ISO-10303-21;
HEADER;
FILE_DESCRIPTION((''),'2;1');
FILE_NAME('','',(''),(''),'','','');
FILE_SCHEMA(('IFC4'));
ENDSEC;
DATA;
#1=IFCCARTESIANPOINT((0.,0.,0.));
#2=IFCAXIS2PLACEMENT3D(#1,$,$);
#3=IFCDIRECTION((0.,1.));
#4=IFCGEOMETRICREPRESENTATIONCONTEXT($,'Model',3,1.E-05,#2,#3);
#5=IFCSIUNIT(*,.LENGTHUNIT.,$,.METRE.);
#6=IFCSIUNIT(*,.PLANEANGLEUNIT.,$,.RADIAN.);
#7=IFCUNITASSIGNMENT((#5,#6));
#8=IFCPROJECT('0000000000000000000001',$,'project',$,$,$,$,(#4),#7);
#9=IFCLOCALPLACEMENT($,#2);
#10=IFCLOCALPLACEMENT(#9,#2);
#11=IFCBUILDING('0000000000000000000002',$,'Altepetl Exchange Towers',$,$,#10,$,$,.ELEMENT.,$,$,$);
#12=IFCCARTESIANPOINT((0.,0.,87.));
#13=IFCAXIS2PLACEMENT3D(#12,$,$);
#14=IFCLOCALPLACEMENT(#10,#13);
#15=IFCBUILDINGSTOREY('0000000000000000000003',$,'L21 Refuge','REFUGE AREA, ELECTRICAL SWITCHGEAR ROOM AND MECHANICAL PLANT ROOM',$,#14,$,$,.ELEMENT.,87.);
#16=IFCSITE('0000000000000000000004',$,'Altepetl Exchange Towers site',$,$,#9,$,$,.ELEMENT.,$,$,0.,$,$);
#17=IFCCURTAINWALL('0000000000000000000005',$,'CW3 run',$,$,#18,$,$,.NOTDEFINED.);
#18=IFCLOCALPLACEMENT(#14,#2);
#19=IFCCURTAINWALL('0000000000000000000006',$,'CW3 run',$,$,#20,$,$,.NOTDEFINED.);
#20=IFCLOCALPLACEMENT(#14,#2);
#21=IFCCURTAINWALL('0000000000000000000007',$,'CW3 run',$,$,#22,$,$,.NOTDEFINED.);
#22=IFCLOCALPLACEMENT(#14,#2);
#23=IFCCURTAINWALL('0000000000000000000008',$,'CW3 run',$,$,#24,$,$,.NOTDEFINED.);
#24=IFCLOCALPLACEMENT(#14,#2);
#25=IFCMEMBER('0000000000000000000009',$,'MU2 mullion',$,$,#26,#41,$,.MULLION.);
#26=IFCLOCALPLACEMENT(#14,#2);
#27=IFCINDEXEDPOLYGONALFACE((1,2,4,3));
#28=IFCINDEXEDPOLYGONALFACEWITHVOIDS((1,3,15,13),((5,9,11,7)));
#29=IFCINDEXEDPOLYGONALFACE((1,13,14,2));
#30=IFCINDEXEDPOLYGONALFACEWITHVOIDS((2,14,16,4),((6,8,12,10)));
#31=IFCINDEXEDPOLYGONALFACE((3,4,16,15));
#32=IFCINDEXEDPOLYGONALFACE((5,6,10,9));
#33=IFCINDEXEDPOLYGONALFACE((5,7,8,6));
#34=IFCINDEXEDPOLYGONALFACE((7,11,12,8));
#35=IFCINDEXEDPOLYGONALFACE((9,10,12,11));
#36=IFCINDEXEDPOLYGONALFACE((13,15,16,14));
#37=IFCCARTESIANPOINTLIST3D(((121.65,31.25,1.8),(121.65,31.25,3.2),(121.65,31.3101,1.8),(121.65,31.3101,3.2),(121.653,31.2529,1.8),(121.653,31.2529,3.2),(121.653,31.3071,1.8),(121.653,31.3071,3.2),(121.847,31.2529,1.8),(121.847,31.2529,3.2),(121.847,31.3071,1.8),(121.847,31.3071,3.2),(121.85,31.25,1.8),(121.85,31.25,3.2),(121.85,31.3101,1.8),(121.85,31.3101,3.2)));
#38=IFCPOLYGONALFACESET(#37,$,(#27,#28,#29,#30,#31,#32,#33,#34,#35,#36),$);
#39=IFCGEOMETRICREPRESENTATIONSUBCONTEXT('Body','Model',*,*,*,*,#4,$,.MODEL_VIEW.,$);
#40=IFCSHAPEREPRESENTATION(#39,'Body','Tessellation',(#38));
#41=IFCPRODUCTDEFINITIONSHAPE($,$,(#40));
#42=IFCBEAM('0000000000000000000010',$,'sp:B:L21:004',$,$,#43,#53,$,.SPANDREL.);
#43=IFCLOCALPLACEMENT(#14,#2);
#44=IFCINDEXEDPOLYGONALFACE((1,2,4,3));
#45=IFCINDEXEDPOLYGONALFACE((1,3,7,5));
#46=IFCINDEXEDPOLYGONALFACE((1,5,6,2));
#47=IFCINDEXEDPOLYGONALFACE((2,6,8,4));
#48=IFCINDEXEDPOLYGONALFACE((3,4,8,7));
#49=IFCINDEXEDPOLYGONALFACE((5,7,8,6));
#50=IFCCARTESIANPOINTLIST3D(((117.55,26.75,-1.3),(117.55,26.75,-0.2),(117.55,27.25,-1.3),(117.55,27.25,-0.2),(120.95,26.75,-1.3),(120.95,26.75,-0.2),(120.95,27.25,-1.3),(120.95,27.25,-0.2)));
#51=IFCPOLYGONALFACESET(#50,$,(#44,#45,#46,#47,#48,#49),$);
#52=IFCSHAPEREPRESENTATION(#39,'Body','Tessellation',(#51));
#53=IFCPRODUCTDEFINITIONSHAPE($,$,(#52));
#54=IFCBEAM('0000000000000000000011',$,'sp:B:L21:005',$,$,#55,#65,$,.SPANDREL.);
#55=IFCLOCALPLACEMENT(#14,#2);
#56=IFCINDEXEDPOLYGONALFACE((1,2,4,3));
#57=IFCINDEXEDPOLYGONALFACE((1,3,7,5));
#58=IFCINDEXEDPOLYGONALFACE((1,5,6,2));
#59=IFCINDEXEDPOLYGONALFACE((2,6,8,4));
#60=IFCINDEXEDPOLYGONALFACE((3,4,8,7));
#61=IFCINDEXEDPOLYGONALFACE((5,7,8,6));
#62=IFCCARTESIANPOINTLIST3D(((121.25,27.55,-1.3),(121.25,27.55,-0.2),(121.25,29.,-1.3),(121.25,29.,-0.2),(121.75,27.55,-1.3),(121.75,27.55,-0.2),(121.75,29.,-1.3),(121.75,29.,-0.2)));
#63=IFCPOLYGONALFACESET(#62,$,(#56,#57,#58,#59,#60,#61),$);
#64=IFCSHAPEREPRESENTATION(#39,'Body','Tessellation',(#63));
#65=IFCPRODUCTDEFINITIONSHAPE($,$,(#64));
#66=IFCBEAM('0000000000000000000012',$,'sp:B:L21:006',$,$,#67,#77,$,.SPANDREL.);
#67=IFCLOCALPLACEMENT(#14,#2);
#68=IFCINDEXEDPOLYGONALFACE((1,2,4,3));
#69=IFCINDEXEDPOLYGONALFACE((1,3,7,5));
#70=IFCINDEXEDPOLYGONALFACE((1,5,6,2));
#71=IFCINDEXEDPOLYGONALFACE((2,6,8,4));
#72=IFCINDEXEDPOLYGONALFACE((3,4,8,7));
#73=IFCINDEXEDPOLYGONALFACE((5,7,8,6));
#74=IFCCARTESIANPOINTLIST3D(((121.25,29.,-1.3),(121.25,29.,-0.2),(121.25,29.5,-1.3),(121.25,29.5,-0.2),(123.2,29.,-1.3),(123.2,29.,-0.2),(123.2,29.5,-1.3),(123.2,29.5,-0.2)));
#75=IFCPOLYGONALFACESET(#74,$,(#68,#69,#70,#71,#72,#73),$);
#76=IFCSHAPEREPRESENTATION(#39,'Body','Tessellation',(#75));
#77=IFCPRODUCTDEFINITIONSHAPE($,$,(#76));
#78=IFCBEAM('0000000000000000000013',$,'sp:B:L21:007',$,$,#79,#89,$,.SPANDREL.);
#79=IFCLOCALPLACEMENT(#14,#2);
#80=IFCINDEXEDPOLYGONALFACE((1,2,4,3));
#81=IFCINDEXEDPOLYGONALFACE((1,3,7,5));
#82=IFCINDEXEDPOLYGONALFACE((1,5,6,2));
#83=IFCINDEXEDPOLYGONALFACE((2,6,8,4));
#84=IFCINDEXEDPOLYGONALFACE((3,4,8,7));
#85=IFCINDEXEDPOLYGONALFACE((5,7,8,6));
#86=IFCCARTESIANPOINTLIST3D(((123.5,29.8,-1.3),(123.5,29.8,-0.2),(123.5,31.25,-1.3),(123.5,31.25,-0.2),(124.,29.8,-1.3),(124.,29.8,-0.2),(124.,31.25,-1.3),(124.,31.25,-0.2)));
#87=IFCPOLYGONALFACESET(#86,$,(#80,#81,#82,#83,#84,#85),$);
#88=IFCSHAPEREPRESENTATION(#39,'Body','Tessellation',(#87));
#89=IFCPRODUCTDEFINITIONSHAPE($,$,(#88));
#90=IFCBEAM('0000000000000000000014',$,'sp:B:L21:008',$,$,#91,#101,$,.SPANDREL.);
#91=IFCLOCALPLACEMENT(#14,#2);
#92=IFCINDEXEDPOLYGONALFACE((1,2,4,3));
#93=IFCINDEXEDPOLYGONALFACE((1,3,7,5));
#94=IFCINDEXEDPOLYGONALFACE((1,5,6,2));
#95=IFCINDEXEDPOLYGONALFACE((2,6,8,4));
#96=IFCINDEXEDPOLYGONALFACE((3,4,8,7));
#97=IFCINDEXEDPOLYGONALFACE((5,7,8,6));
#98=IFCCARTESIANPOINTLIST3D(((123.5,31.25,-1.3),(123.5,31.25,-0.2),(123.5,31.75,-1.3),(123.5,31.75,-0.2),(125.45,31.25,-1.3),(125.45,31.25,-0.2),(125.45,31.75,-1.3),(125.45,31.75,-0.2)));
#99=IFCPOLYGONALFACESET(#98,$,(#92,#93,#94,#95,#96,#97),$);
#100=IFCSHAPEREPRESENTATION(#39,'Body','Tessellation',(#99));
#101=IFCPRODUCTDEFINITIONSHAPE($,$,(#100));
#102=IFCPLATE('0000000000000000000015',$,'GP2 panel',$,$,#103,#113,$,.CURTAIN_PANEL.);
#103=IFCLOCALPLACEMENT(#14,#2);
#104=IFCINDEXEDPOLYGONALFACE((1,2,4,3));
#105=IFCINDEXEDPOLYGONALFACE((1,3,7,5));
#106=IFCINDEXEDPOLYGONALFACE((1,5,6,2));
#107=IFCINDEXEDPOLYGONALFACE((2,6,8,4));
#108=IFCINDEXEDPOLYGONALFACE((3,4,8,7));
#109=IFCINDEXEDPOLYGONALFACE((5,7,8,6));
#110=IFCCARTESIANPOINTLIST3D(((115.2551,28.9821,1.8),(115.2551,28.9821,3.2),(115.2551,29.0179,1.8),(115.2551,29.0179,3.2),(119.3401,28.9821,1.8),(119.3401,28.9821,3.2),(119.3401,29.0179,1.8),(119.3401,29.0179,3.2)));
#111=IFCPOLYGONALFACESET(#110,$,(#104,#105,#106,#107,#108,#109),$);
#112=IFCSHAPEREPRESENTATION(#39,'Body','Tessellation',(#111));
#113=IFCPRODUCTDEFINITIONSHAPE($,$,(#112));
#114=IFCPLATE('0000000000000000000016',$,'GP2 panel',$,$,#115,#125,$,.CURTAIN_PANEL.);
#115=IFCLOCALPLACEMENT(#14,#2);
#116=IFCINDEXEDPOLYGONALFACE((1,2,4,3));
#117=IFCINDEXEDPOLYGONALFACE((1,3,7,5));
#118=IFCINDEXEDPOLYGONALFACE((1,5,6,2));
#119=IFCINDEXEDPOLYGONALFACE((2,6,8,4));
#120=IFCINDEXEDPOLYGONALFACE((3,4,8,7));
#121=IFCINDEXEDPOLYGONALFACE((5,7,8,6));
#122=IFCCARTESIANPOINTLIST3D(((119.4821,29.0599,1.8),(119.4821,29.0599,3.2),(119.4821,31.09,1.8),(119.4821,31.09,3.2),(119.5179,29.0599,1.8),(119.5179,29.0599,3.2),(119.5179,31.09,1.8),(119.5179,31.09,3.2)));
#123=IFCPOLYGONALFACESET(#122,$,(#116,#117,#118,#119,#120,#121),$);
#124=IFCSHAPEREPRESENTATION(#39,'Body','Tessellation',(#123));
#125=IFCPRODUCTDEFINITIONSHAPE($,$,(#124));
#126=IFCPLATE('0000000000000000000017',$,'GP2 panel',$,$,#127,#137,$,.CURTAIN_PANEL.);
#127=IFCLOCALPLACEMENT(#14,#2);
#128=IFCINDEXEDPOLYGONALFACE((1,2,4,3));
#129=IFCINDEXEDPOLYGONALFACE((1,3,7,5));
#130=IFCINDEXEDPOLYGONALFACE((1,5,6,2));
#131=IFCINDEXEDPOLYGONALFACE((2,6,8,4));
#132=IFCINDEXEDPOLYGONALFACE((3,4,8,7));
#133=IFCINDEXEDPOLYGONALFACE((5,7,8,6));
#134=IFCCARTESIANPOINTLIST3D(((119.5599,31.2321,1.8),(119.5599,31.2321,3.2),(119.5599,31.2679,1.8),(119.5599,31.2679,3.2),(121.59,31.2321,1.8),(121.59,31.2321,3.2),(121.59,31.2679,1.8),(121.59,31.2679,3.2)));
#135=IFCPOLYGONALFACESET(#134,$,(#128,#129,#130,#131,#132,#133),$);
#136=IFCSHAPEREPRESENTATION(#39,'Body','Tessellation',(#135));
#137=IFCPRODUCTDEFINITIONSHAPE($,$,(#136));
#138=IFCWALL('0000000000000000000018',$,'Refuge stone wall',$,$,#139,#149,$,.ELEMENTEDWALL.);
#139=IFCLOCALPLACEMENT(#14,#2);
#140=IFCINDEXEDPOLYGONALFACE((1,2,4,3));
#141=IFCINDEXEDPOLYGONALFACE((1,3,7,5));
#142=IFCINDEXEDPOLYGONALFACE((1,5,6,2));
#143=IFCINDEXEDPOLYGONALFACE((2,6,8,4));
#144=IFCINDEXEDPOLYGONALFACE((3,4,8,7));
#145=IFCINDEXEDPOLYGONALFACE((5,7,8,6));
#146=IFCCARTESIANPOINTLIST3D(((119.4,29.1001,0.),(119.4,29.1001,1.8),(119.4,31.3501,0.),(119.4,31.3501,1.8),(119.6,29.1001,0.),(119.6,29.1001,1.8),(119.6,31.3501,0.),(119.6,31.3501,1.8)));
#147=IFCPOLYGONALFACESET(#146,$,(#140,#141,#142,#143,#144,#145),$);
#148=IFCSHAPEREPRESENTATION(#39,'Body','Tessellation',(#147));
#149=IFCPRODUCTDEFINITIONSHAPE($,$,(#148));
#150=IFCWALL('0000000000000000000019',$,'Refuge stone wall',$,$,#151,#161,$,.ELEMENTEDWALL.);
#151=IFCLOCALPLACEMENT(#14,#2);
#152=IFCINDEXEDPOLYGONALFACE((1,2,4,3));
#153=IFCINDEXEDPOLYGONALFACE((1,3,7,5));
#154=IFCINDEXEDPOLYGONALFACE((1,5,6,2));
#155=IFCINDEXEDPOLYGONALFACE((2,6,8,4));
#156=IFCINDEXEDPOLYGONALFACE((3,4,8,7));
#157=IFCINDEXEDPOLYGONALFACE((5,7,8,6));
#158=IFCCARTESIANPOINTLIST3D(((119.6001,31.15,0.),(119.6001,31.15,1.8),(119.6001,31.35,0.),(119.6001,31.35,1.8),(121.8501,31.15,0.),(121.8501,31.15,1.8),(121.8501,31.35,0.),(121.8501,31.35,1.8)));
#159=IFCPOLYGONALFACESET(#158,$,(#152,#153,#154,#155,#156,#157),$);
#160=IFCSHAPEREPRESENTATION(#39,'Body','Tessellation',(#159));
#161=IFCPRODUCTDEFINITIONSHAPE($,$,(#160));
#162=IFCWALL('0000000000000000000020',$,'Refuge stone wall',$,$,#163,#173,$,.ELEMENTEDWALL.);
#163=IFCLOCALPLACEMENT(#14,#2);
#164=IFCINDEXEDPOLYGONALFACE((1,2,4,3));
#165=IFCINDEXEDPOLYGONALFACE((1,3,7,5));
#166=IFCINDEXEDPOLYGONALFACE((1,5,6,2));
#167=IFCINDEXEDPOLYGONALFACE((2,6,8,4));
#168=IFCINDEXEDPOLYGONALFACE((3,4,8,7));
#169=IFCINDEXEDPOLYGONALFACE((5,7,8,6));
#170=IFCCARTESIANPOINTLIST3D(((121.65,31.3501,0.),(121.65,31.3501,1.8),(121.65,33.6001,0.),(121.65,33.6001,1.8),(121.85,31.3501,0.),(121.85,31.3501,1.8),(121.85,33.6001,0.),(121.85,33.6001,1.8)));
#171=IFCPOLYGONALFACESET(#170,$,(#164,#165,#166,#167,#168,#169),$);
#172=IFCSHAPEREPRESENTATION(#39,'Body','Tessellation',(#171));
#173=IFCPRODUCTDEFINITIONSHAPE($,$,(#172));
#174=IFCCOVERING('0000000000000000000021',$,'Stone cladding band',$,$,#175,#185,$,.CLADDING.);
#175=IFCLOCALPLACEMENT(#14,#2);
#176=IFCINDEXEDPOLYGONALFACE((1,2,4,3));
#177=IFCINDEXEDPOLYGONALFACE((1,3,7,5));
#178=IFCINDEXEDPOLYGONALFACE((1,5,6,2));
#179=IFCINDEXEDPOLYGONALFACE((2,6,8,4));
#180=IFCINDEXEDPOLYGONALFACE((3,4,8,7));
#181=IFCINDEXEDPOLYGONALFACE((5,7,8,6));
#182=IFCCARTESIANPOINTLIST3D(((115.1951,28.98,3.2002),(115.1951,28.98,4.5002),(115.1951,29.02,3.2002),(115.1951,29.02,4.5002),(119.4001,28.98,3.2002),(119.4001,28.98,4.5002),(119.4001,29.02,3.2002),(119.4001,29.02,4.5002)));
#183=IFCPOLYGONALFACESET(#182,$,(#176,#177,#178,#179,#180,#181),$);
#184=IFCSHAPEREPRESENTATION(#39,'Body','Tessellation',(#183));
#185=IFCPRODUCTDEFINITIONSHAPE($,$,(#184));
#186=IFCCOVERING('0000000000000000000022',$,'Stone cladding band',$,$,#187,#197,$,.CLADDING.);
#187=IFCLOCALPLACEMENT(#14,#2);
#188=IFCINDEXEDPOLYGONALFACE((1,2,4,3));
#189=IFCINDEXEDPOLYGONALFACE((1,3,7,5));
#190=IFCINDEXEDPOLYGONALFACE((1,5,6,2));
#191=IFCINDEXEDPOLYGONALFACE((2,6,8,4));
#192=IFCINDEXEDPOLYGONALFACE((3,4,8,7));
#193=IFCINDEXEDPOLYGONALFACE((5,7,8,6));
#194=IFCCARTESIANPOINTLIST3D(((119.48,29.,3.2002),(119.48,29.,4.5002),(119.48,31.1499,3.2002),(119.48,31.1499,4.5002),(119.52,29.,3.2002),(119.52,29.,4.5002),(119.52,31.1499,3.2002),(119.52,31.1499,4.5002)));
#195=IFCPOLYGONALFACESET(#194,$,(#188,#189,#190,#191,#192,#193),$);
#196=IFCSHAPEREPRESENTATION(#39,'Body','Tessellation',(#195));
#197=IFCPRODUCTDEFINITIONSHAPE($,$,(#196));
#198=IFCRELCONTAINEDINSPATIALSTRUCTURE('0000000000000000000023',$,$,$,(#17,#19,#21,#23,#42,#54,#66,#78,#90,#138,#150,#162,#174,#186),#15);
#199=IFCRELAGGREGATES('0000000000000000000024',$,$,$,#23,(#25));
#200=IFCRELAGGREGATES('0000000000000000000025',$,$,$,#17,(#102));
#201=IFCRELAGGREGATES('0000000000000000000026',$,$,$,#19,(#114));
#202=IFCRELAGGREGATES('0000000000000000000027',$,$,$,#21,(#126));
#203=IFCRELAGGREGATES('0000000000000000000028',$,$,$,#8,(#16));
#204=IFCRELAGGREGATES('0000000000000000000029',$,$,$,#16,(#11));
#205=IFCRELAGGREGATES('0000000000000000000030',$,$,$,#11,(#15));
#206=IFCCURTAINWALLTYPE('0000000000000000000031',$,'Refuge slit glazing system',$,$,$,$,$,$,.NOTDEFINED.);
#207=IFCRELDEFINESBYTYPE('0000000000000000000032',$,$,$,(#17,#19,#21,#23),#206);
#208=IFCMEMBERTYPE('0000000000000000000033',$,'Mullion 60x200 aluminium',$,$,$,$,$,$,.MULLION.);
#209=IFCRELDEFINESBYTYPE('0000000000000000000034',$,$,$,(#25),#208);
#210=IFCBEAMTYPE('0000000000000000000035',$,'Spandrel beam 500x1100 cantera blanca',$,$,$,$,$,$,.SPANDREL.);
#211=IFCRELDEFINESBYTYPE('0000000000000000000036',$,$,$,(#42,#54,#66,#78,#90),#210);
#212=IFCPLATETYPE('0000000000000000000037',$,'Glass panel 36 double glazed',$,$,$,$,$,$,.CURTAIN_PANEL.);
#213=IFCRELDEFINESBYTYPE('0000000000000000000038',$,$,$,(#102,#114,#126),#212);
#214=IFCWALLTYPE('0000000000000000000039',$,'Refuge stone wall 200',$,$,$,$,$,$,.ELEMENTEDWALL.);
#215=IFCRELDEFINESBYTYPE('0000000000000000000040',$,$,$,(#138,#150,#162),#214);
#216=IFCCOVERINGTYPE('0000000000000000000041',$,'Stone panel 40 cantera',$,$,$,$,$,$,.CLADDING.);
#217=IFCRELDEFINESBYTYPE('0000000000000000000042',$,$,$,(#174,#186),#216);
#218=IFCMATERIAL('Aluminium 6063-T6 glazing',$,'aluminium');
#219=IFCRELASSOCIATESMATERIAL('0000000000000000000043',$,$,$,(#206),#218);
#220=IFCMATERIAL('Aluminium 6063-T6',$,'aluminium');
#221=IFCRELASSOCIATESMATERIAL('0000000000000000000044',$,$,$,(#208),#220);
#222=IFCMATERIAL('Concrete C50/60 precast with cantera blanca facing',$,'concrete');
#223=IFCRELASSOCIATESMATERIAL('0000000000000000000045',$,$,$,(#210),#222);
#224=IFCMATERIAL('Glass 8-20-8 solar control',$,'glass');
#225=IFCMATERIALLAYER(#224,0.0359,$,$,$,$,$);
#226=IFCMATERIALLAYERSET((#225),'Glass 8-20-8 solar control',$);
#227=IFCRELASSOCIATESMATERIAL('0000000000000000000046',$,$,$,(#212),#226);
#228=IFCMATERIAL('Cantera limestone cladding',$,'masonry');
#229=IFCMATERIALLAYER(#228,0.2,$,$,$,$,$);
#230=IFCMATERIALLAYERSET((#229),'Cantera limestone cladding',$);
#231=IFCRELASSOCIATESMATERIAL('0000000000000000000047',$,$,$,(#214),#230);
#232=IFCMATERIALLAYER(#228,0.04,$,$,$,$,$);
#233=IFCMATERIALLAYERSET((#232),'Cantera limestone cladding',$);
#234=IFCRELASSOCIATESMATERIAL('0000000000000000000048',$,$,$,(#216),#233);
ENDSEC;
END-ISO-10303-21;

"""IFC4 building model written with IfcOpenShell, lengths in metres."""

from ifc_helpers import new_model, si_unit, direction, frame, frame_2d, origin, origin_2d, place, context, subcontext, project, spatial, rectangle, hollow_rectangle, extrude, material, layer, layer_set, material_profile, profile_set, type_object, element, aggregate, save


model = new_model("IFC4")

# Units and contexts
model_context = context("Model", 3, precision=1e-05, world=origin(), true_north=direction((0.0, 1.0)))
body_context = subcontext(model_context, "Body", "Model", "MODEL_VIEW")
ifc_project = project(units=[si_unit("LENGTHUNIT", "METRE"), si_unit("PLANEANGLEUNIT", "RADIAN")], contexts=[model_context])

# Site, building, storey
site_placement = place(None, origin())
site = spatial("IfcSite", under=ifc_project, at=site_placement, Name="Altepetl Exchange Towers site", CompositionType="ELEMENT", RefElevation=0.0)
building_placement = place(site_placement, origin())
building = spatial("IfcBuilding", under=site, at=building_placement, Name="Altepetl Exchange Towers", CompositionType="ELEMENT")
storey_placement = place(building_placement, frame((0.0, 0.0, 87.0)))
storey = spatial("IfcBuildingStorey", under=building, at=storey_placement, Name="L21 Refuge", Description="REFUGE AREA, ELECTRICAL SWITCHGEAR ROOM AND MECHANICAL PLANT ROOM", CompositionType="ELEMENT", Elevation=87.0)

# Curtain wall
ifc_material_1 = material(Name="Aluminium 6063-T6 glazing", Category="aluminium")
curtain_wall_type = type_object("IfcCurtainWallType", Name="Refuge slit glazing system", PredefinedType="NOTDEFINED", material=ifc_material_1)
curtain_wall_1_placement = place(storey_placement, origin())
curtain_wall_1 = element("IfcCurtainWall", 1, at=curtain_wall_1_placement, inside=storey, type_object=curtain_wall_type, Name="CW3 run", PredefinedType="NOTDEFINED")
ifc_material_2 = material(Name="Aluminium 6063-T6", Category="aluminium")
ifc_material_profile_1 = material_profile(ifc_material_2, hollow_rectangle(XDim=0.0601, YDim=0.2, WallThickness=0.0029, at=origin_2d()), Name="Mullion 60x200 aluminium")
ifc_profile_set_1 = profile_set([ifc_material_profile_1], Name="Aluminium 6063-T6")
member_type = type_object("IfcMemberType", Name="Mullion 60x200 aluminium", PredefinedType="MULLION", material=ifc_profile_set_1)

# Curtain walls
curtain_wall_2_placement = place(storey_placement, origin())
curtain_wall_2 = element("IfcCurtainWall", 2, at=curtain_wall_2_placement, inside=storey, type_object=curtain_wall_type, Name="CW3 run", PredefinedType="NOTDEFINED")
curtain_wall_3_placement = place(storey_placement, origin())
curtain_wall_3 = element("IfcCurtainWall", 3, at=curtain_wall_3_placement, inside=storey, type_object=curtain_wall_type, Name="CW3 run", PredefinedType="NOTDEFINED")

# Curtain wall, member
curtain_wall_4_placement = place(storey_placement, origin())
curtain_wall_4 = element("IfcCurtainWall", 4, at=curtain_wall_4_placement, inside=storey, type_object=curtain_wall_type, Name="CW3 run", PredefinedType="NOTDEFINED")
member_1_placement = place(storey_placement, frame((121.75, 31.28, 1.8), z_axis=(0.0, 0.0, 1.0), x_axis=(0.0, 1.0, 0.0)))
member_1 = element("IfcMember", 5, at=member_1_placement, type_object=member_type, Name="MU2 mullion", PredefinedType="MULLION", context=body_context, shape_type="SweptSolid", body=[
    extrude(hollow_rectangle(XDim=0.0601, YDim=0.2, WallThickness=0.0029, at=origin_2d()), origin(), (0.0, 0.0, 1.0), 1.3999),
])
aggregate(curtain_wall_4, [member_1])

# Beams
ifc_material_3 = material(Name="Concrete C50/60 precast with cantera blanca facing", Category="concrete")
ifc_material_profile_2 = material_profile(ifc_material_3, rectangle(XDim=0.5, YDim=1.1001, at=origin_2d()), Name="500 x 1100")
ifc_profile_set_2 = profile_set([ifc_material_profile_2], Name="Concrete C50/60 precast with cantera blanca facing")
beam_type_1 = type_object("IfcBeamType", Name="Spandrel beam 500x1100 cantera blanca", PredefinedType="SPANDREL", material=ifc_profile_set_2)
beam_1_placement = place(storey_placement, frame((117.55, 27.0, -0.75), z_axis=(1.0, 0.0, 0.0), x_axis=(0.0, 1.0, 0.0)))
element("IfcBeam", 6, at=beam_1_placement, inside=storey, type_object=beam_type_1, Name="sp:B:L21:004", PredefinedType="SPANDREL", context=body_context, shape_type="SweptSolid", body=[
    extrude(rectangle(XDim=0.5, YDim=1.1001, at=origin_2d()), origin(), (0.0, 0.0, 1.0), 3.3999),
])
beam_2_placement = place(storey_placement, frame((121.5, 27.55, -0.75), z_axis=(0.0, 1.0, 0.0), x_axis=(-1.0, 0.0, 0.0)))
element("IfcBeam", 7, at=beam_2_placement, inside=storey, type_object=beam_type_1, Name="sp:B:L21:005", PredefinedType="SPANDREL", context=body_context, shape_type="SweptSolid", body=[
    extrude(rectangle(XDim=0.5, YDim=1.1001, at=origin_2d()), origin(), (0.0, 0.0, 1.0), 1.45),
])
beam_3_placement = place(storey_placement, frame((121.25, 29.25, -0.75), z_axis=(1.0, 0.0, 0.0), x_axis=(0.0, 1.0, 0.0)))
element("IfcBeam", 8, at=beam_3_placement, inside=storey, type_object=beam_type_1, Name="sp:B:L21:006", PredefinedType="SPANDREL", context=body_context, shape_type="SweptSolid", body=[
    extrude(rectangle(XDim=0.5, YDim=1.1001, at=origin_2d()), origin(), (0.0, 0.0, 1.0), 1.95),
])
beam_4_placement = place(storey_placement, frame((123.75, 29.8, -0.75), z_axis=(0.0, 1.0, 0.0), x_axis=(-1.0, 0.0, 0.0)))
element("IfcBeam", 9, at=beam_4_placement, inside=storey, type_object=beam_type_1, Name="sp:B:L21:007", PredefinedType="SPANDREL", context=body_context, shape_type="SweptSolid", body=[
    extrude(rectangle(XDim=0.5, YDim=1.1001, at=origin_2d()), origin(), (0.0, 0.0, 1.0), 1.45),
])
beam_5_placement = place(storey_placement, frame((123.5, 31.5, -0.75), z_axis=(1.0, 0.0, 0.0), x_axis=(0.0, 1.0, 0.0)))
element("IfcBeam", 10, at=beam_5_placement, inside=storey, type_object=beam_type_1, Name="sp:B:L21:008", PredefinedType="SPANDREL", context=body_context, shape_type="SweptSolid", body=[
    extrude(rectangle(XDim=0.5, YDim=1.1001, at=origin_2d()), origin(), (0.0, 0.0, 1.0), 1.95),
])

# Plates
ifc_material_4 = material(Name="Glass 8-20-8 solar control", Category="glass")
ifc_layer_1 = layer(ifc_material_4, 0.0359)
ifc_layer_set_1 = layer_set([ifc_layer_1], Name="Glass 8-20-8 solar control")
plate_type = type_object("IfcPlateType", Name="Glass panel 36 double glazed", PredefinedType="CURTAIN_PANEL", material=ifc_layer_set_1)
plate_1_placement = place(storey_placement, frame((117.2976, 29.0, 1.8)))
plate_1 = element("IfcPlate", 11, at=plate_1_placement, type_object=plate_type, Name="GP2 panel", PredefinedType="CURTAIN_PANEL", context=body_context, shape_type="SweptSolid", body=[
    extrude(rectangle(XDim=4.085, YDim=0.0359, at=origin_2d()), origin(), (0.0, 0.0, 1.0), 1.3999),
])
aggregate(curtain_wall_1, [plate_1])
plate_2_placement = place(storey_placement, frame((119.5, 30.075, 1.8), z_axis=(0.0, 0.0, 1.0), x_axis=(0.0, 1.0, 0.0)))
plate_2 = element("IfcPlate", 12, at=plate_2_placement, type_object=plate_type, Name="GP2 panel", PredefinedType="CURTAIN_PANEL", context=body_context, shape_type="SweptSolid", body=[
    extrude(rectangle(XDim=2.03, YDim=0.0359, at=origin_2d()), origin(), (0.0, 0.0, 1.0), 1.3999),
])
aggregate(curtain_wall_2, [plate_2])
plate_3_placement = place(storey_placement, frame((120.575, 31.25, 1.8)))
plate_3 = element("IfcPlate", 13, at=plate_3_placement, type_object=plate_type, Name="GP2 panel", PredefinedType="CURTAIN_PANEL", context=body_context, shape_type="SweptSolid", body=[
    extrude(rectangle(XDim=2.03, YDim=0.0359, at=origin_2d()), origin(), (0.0, 0.0, 1.0), 1.3999),
])
aggregate(curtain_wall_3, [plate_3])

# Walls
ifc_material_5 = material(Name="Cantera limestone cladding", Category="masonry")
ifc_layer_2 = layer(ifc_material_5, 0.2)
ifc_layer_set_2 = layer_set([ifc_layer_2], Name="Cantera limestone cladding")
wall_type = type_object("IfcWallType", Name="Refuge stone wall 200", PredefinedType="ELEMENTEDWALL", material=ifc_layer_set_2)
wall_1_placement = place(storey_placement, frame((119.5, 29.1001, 0.0), z_axis=(0.0, 0.0, 1.0), x_axis=(0.0, 1.0, 0.0)))
element("IfcWall", 14, at=wall_1_placement, inside=storey, type_object=wall_type, Name="Refuge stone wall", PredefinedType="ELEMENTEDWALL", context=body_context, shape_type="SweptSolid", body=[
    extrude(rectangle(XDim=2.25, YDim=0.2, at=frame_2d((1.125, 0.0))), origin(), (0.0, 0.0, 1.0), 1.8),
])
wall_2_placement = place(storey_placement, frame((119.6001, 31.25, 0.0)))
element("IfcWall", 15, at=wall_2_placement, inside=storey, type_object=wall_type, Name="Refuge stone wall", PredefinedType="ELEMENTEDWALL", context=body_context, shape_type="SweptSolid", body=[
    extrude(rectangle(XDim=2.25, YDim=0.2, at=frame_2d((1.125, 0.0))), origin(), (0.0, 0.0, 1.0), 1.8),
])
wall_3_placement = place(storey_placement, frame((121.75, 31.3501, 0.0), z_axis=(0.0, 0.0, 1.0), x_axis=(0.0, 1.0, 0.0)))
element("IfcWall", 16, at=wall_3_placement, inside=storey, type_object=wall_type, Name="Refuge stone wall", PredefinedType="ELEMENTEDWALL", context=body_context, shape_type="SweptSolid", body=[
    extrude(rectangle(XDim=2.25, YDim=0.2, at=frame_2d((1.125, 0.0))), origin(), (0.0, 0.0, 1.0), 1.8),
])

# Coverings
ifc_layer_3 = layer(ifc_material_5, 0.04)
ifc_layer_set_3 = layer_set([ifc_layer_3], Name="Cantera limestone cladding")
covering_type = type_object("IfcCoveringType", Name="Stone panel 40 cantera", PredefinedType="CLADDING", material=ifc_layer_set_3)
covering_1_placement = place(storey_placement, frame((117.2976, 29.0, 3.2002)))
element("IfcCovering", 17, at=covering_1_placement, inside=storey, type_object=covering_type, Name="Stone cladding band", PredefinedType="CLADDING", context=body_context, shape_type="SweptSolid", body=[
    extrude(rectangle(XDim=4.2051, YDim=0.04, at=origin_2d()), origin(), (0.0, 0.0, 1.0), 1.3),
])
covering_2_placement = place(storey_placement, frame((119.5, 30.075, 3.2002), z_axis=(0.0, 0.0, 1.0), x_axis=(0.0, 1.0, 0.0)))
element("IfcCovering", 18, at=covering_2_placement, inside=storey, type_object=covering_type, Name="Stone cladding band", PredefinedType="CLADDING", context=body_context, shape_type="SweptSolid", body=[
    extrude(rectangle(XDim=2.1499, YDim=0.04, at=origin_2d()), origin(), (0.0, 0.0, 1.0), 1.3),
])

save(model, "model.ifc")
